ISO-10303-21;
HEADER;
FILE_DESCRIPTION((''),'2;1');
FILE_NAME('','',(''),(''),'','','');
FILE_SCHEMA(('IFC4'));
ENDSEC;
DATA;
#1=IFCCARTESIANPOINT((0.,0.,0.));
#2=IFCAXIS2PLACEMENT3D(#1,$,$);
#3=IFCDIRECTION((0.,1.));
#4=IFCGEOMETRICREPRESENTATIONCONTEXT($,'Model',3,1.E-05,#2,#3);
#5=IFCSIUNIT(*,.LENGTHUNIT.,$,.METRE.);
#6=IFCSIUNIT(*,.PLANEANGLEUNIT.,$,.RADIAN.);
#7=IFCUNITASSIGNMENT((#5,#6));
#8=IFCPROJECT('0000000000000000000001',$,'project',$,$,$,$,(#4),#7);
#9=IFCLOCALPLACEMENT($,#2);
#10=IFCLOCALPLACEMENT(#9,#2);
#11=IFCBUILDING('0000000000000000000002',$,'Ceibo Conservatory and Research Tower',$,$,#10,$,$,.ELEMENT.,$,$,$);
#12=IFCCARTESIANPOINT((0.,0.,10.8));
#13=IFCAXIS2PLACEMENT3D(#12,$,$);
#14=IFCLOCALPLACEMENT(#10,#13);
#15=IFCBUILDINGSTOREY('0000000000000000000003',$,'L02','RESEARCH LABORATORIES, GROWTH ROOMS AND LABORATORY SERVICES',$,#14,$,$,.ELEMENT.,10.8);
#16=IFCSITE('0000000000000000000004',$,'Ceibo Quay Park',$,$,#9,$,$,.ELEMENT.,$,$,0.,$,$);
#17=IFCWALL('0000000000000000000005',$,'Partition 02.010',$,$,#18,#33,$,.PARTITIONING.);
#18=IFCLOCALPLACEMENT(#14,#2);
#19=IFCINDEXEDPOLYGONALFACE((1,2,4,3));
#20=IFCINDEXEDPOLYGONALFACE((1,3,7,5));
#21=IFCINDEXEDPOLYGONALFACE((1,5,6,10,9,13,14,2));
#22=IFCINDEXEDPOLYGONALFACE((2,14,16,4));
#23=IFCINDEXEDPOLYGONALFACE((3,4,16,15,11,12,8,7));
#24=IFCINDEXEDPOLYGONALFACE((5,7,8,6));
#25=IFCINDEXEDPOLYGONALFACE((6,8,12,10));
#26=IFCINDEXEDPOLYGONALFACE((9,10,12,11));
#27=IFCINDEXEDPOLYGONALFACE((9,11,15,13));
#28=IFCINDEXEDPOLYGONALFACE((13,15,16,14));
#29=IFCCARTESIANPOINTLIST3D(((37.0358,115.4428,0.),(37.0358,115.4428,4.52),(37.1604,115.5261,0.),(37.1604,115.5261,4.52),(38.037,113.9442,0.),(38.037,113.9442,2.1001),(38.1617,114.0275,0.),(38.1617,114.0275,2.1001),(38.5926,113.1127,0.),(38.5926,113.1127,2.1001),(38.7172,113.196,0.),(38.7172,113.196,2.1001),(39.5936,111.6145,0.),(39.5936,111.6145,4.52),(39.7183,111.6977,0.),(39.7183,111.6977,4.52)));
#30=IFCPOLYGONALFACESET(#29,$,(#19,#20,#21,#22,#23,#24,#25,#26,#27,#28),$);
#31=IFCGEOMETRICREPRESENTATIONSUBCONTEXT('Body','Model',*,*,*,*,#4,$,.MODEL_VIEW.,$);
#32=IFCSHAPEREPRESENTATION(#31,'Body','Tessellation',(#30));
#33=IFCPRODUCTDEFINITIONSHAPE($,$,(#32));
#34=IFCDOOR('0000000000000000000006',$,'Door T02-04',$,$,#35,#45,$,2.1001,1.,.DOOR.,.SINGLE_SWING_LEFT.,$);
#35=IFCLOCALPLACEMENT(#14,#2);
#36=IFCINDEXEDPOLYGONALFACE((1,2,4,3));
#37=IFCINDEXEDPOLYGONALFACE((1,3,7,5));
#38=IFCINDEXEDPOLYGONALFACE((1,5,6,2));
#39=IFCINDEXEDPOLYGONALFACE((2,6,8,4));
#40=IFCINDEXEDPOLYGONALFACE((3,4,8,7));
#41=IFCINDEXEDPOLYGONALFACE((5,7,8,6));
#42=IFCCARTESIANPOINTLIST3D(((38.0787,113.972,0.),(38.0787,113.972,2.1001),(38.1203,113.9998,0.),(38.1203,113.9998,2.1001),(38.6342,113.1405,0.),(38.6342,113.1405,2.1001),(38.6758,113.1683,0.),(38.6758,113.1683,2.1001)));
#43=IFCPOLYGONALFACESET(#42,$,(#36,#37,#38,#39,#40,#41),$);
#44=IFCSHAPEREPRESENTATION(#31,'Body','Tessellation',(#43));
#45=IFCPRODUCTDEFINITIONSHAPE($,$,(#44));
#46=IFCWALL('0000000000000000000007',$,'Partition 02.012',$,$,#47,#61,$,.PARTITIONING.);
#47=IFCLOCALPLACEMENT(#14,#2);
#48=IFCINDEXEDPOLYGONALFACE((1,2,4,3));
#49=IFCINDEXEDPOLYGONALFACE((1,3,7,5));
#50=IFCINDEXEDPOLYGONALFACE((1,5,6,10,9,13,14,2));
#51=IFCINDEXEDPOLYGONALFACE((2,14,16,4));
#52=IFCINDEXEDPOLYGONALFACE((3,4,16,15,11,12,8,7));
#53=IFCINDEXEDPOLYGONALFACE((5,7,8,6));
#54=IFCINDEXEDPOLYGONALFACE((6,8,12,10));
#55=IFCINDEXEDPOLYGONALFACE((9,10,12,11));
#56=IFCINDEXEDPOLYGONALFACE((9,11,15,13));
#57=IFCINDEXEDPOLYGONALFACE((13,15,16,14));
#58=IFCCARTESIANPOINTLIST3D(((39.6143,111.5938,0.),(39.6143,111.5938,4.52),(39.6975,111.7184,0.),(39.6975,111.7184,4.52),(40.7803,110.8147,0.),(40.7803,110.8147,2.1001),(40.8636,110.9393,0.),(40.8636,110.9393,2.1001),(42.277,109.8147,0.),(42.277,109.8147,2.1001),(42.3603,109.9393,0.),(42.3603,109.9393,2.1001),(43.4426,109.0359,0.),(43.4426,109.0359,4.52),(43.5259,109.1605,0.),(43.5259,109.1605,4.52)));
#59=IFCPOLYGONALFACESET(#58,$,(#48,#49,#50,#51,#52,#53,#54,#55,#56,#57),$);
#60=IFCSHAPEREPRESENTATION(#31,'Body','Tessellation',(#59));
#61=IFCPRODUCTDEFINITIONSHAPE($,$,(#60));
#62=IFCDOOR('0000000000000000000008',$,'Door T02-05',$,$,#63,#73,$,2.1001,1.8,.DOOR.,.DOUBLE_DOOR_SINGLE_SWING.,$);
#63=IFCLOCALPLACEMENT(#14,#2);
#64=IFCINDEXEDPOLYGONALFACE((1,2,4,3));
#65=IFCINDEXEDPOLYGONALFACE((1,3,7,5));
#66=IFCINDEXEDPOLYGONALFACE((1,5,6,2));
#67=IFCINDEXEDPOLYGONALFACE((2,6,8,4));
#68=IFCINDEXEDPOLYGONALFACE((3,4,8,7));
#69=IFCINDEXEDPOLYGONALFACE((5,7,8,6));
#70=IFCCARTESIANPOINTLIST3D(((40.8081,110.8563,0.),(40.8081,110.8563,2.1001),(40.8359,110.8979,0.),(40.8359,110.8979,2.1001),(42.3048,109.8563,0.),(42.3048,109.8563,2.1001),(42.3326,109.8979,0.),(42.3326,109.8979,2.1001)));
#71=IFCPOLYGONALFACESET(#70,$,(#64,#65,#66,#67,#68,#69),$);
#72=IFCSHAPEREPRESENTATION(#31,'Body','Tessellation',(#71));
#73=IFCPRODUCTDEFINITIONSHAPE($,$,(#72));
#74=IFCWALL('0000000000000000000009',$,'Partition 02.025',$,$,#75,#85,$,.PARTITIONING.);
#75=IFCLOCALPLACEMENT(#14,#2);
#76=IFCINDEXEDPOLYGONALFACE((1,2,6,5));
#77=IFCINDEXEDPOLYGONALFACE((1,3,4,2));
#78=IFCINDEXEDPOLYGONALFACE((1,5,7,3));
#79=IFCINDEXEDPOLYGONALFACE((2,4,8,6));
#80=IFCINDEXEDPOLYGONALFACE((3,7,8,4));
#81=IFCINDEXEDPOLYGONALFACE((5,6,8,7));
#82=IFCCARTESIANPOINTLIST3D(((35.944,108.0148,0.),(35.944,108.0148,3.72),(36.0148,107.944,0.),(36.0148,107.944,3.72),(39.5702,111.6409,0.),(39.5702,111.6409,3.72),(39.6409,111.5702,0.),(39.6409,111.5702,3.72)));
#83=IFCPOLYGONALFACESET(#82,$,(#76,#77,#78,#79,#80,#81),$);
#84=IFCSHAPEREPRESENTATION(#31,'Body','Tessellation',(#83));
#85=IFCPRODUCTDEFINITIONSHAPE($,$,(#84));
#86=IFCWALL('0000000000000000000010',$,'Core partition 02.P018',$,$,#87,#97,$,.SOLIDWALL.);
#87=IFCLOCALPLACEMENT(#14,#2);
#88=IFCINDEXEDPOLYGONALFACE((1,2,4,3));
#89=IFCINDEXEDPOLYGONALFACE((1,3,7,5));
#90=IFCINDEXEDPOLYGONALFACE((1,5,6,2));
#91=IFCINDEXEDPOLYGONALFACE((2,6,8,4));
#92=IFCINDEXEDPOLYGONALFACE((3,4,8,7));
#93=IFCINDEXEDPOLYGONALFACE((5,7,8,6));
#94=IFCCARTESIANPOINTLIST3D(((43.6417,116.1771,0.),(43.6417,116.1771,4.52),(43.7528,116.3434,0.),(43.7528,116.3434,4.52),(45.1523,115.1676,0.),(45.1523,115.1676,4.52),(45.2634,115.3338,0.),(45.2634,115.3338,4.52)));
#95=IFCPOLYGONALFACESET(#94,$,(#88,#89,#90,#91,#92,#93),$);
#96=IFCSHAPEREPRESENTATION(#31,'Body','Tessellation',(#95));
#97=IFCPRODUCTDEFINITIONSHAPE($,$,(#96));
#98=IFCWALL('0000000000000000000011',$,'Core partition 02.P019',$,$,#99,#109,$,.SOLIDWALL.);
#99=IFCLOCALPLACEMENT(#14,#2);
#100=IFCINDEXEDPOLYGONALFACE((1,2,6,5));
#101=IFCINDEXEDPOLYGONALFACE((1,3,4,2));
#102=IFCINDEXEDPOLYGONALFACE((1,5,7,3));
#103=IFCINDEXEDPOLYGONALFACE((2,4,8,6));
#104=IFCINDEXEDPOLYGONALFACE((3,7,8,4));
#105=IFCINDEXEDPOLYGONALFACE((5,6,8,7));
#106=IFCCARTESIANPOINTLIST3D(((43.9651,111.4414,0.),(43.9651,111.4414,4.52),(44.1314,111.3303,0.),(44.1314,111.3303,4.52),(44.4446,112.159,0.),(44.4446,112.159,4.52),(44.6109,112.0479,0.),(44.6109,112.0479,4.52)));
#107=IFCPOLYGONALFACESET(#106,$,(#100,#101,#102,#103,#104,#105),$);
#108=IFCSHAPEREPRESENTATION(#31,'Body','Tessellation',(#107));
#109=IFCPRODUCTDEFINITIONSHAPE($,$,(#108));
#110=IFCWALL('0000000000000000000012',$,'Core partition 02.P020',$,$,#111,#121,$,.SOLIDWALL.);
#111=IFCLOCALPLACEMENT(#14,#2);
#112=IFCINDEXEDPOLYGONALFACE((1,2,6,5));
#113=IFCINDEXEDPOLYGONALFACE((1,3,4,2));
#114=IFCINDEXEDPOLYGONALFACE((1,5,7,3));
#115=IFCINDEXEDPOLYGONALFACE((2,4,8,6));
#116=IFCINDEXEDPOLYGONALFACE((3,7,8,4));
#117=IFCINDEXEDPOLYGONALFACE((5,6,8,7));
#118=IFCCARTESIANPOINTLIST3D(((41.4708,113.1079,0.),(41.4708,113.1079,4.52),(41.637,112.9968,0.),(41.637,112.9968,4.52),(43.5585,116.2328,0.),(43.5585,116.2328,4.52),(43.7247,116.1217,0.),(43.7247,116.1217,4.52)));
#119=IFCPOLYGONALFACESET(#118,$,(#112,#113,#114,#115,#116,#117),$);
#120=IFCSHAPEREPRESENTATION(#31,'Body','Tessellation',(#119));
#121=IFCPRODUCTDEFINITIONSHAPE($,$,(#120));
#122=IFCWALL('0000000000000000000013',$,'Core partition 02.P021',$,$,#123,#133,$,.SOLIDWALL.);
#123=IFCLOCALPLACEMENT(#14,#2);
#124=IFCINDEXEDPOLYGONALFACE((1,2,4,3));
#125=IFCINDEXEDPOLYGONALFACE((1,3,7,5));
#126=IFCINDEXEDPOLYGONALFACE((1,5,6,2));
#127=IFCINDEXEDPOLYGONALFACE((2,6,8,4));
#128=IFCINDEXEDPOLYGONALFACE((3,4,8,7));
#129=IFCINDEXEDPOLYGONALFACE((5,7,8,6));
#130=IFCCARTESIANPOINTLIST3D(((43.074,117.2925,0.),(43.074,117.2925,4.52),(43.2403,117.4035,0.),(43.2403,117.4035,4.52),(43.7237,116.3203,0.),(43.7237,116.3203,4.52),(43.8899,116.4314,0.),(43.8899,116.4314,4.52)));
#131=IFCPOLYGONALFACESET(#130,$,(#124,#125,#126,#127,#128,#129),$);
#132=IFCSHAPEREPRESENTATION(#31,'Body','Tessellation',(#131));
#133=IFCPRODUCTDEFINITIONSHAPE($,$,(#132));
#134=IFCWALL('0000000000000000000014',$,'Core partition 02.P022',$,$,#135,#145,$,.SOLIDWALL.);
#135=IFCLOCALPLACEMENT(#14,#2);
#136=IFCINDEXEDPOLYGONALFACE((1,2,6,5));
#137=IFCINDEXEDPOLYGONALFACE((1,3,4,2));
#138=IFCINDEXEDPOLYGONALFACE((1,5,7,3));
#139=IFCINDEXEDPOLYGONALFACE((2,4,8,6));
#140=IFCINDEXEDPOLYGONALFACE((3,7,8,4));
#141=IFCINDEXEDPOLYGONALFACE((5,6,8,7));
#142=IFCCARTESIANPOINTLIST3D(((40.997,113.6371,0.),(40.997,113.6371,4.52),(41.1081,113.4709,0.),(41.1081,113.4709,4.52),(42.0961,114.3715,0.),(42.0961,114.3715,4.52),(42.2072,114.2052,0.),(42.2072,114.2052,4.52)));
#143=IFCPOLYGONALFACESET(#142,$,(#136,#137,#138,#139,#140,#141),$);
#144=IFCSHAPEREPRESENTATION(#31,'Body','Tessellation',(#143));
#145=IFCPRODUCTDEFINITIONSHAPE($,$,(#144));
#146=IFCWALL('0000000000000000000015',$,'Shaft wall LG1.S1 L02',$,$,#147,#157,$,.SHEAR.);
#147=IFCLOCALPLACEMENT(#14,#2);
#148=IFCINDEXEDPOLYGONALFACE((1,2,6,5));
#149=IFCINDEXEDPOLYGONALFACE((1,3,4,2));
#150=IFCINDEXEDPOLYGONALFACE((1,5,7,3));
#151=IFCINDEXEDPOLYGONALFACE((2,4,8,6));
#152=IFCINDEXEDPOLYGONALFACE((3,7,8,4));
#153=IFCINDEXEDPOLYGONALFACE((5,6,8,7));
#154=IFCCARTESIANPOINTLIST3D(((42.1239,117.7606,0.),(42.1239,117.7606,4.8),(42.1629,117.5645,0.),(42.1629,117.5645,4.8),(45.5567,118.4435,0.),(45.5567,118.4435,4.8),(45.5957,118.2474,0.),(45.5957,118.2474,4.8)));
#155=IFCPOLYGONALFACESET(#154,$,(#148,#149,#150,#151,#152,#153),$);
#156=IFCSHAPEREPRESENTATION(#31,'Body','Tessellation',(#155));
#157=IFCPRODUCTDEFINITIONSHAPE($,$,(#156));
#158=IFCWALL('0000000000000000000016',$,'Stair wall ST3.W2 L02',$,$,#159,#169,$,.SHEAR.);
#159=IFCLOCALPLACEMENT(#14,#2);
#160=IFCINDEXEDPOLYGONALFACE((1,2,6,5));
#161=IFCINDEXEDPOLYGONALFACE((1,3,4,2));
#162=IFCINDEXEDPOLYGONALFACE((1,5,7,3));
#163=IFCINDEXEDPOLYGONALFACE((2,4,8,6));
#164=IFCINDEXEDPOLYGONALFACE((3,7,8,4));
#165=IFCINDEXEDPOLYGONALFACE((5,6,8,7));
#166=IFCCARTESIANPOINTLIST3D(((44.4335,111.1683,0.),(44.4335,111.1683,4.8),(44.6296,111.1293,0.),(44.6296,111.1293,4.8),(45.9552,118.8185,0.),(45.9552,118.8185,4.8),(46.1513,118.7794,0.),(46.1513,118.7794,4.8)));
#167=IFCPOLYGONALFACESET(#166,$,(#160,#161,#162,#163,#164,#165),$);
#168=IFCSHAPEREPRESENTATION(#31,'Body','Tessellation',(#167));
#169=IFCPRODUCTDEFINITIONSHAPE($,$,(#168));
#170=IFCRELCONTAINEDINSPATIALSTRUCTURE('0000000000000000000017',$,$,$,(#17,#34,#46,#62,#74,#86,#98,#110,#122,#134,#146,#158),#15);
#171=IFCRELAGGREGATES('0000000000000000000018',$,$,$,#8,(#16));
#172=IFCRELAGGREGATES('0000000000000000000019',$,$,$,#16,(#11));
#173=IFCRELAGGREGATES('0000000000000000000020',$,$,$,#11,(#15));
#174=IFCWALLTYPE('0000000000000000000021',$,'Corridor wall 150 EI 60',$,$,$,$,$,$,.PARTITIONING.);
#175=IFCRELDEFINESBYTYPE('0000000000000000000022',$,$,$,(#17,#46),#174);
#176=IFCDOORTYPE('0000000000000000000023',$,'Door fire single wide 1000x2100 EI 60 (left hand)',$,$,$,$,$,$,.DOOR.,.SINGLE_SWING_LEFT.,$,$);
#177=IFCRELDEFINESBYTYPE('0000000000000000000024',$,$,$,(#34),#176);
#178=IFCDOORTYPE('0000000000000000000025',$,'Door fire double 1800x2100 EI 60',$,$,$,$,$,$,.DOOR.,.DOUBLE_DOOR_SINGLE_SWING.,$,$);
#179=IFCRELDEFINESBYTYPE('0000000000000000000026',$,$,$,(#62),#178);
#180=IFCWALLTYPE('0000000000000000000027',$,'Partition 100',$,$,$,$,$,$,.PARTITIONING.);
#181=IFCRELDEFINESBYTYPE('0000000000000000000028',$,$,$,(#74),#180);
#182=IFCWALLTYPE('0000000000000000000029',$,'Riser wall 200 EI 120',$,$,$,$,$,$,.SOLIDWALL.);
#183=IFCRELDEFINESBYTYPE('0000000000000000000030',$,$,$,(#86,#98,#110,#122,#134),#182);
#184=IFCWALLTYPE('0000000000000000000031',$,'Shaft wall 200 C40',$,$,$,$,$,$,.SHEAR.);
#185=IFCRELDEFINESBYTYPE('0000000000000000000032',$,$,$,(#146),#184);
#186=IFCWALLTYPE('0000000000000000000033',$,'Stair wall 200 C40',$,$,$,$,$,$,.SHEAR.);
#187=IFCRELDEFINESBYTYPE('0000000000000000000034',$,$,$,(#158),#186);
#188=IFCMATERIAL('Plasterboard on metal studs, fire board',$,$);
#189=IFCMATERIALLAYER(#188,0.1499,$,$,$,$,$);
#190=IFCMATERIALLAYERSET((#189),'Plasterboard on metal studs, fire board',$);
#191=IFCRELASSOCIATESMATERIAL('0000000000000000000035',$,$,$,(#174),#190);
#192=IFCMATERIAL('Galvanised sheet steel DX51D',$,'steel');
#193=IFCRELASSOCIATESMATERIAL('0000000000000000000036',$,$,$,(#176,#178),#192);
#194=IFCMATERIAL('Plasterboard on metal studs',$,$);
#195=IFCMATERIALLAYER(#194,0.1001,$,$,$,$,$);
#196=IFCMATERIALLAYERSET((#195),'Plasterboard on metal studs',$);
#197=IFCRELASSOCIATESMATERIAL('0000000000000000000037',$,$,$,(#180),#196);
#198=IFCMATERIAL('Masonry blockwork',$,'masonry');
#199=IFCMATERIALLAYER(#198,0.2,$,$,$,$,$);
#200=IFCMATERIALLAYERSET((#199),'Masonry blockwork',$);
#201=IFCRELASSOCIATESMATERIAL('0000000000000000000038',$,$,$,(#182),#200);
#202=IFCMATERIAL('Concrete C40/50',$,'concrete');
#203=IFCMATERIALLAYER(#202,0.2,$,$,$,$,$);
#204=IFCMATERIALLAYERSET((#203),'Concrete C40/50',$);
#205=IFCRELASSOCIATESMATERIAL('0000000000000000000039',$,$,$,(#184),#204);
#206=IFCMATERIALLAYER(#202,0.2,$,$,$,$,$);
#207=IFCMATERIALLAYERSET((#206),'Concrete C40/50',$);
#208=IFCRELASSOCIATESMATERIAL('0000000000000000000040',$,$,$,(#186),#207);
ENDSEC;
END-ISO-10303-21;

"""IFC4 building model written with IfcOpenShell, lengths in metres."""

from ifc_helpers import new_model, si_unit, direction, frame, frame_2d, origin, place, context, subcontext, project, spatial, rectangle, extrude, material, layer, layer_set, type_object, element, fill, save


model = new_model("IFC4")

# Units and contexts
model_context = context("Model", 3, precision=1e-05, world=origin(), true_north=direction((0.0, 1.0)))
body_context = subcontext(model_context, "Body", "Model", "MODEL_VIEW")
ifc_project = project(units=[si_unit("LENGTHUNIT", "METRE"), si_unit("PLANEANGLEUNIT", "RADIAN")], contexts=[model_context])

# Site, building, storey
site_placement = place(None, origin())
site = spatial("IfcSite", under=ifc_project, at=site_placement, Name="Ceibo Quay Park", CompositionType="ELEMENT", RefElevation=0.0)
building_placement = place(site_placement, origin())
building = spatial("IfcBuilding", under=site, at=building_placement, Name="Ceibo Conservatory and Research Tower", CompositionType="ELEMENT")
storey_placement = place(building_placement, frame((0.0, 0.0, 10.8)))
storey = spatial("IfcBuildingStorey", under=building, at=storey_placement, Name="L02", Description="RESEARCH LABORATORIES, GROWTH ROOMS AND LABORATORY SERVICES", CompositionType="ELEMENT", Elevation=10.8)

# Shared definitions
ifc_material_1 = material(Name="Concrete C40/50", Category="concrete")
ifc_material_2 = material(Name="Galvanised sheet steel DX51D", Category="steel")

# Shared definitions
ifc_material_3 = material(Name="Plasterboard on metal studs, fire board")
ifc_layer_1 = layer(ifc_material_3, 0.1499)
ifc_layer_set_1 = layer_set([ifc_layer_1], Name="Plasterboard on metal studs, fire board")
wall_type_1 = type_object("IfcWallType", Name="Corridor wall 150 EI 60", PredefinedType="PARTITIONING", material=ifc_layer_set_1)

# Walls, openings, doors
wall_1_placement = place(storey_placement, frame((39.656, 111.656, 0.0), z_axis=(0.0, 0.0, 1.0), x_axis=(-0.555544, 0.831487, 0.0)))
wall_1 = element("IfcWall", 1, at=wall_1_placement, inside=storey, type_object=wall_type_1, Name="Partition 02.010", PredefinedType="PARTITIONING", context=body_context, shape_type="SweptSolid", body=[
    extrude(rectangle(XDim=4.6042, YDim=0.1499, at=frame_2d((2.3022, 0.0))), origin(), (0.0, 0.0, 1.0), 4.52),
])
opening_1_placement = place(wall_1_placement, frame((1.802, 0.0, 0.0)))
opening_1 = element("IfcOpeningElement", 2, at=opening_1_placement, cuts=wall_1, PredefinedType="OPENING", context=body_context, shape_type="SweptSolid", body=[
    extrude(rectangle(XDim=1.0, YDim=2.1001, at=frame_2d((0.5, 1.05))), frame((0.0, 0.085, 0.0), z_axis=(0.0, -1.0, 0.0), x_axis=(1.0, 0.0, 0.0)), (0.0, 0.0, 1.0), 0.1699),
])
door_type_1 = type_object("IfcDoorType", Name="Door fire single wide 1000x2100 EI 60 (left hand)", OperationType="SINGLE_SWING_LEFT", PredefinedType="DOOR", material=ifc_material_2)
door_1_placement = place(opening_1_placement, origin())
door_1 = element("IfcDoor", 3, at=door_1_placement, inside=storey, type_object=door_type_1, Name="Door T02-04", OperationType="SINGLE_SWING_LEFT", OverallHeight=2.1001, OverallWidth=1.0, PredefinedType="DOOR", context=body_context, shape_type="SweptSolid", body=[
    extrude(rectangle(XDim=1.0, YDim=2.1001, at=frame_2d((0.5, 1.05))), frame((0.0, 0.0249, 0.0), z_axis=(0.0, -1.0, 0.0), x_axis=(1.0, 0.0, 0.0)), (0.0, 0.0, 1.0), 0.05),
])
fill(opening_1, door_1)
wall_2_placement = place(storey_placement, frame((43.4844, 109.0981, 0.0), z_axis=(0.0, 0.0, 1.0), x_axis=(-0.831487, 0.555544, 0.0)))
wall_2 = element("IfcWall", 4, at=wall_2_placement, inside=storey, type_object=wall_type_1, Name="Partition 02.012", PredefinedType="PARTITIONING", context=body_context, shape_type="SweptSolid", body=[
    extrude(rectangle(XDim=4.6042, YDim=0.1499, at=frame_2d((2.3022, 0.0))), origin(), (0.0, 0.0, 1.0), 4.52),
])
opening_2_placement = place(wall_2_placement, frame((1.4021, 0.0, 0.0)))
opening_2 = element("IfcOpeningElement", 5, at=opening_2_placement, cuts=wall_2, PredefinedType="OPENING", context=body_context, shape_type="SweptSolid", body=[
    extrude(rectangle(XDim=1.8, YDim=2.1001, at=frame_2d((0.8999, 1.05))), frame((0.0, 0.085, 0.0), z_axis=(0.0, -1.0, 0.0), x_axis=(1.0, 0.0, 0.0)), (0.0, 0.0, 1.0), 0.1699),
])
door_type_2 = type_object("IfcDoorType", Name="Door fire double 1800x2100 EI 60", OperationType="DOUBLE_DOOR_SINGLE_SWING", PredefinedType="DOOR", material=ifc_material_2)
door_2_placement = place(opening_2_placement, origin())
door_2 = element("IfcDoor", 6, at=door_2_placement, inside=storey, type_object=door_type_2, Name="Door T02-05", OperationType="DOUBLE_DOOR_SINGLE_SWING", OverallHeight=2.1001, OverallWidth=1.8, PredefinedType="DOOR", context=body_context, shape_type="SweptSolid", body=[
    extrude(rectangle(XDim=1.8, YDim=2.1001, at=frame_2d((0.8999, 1.05))), frame((0.0, 0.0249, 0.0), z_axis=(0.0, -1.0, 0.0), x_axis=(1.0, 0.0, 0.0)), (0.0, 0.0, 1.0), 0.05),
])
fill(opening_2, door_2)

# Walls
ifc_material_4 = material(Name="Plasterboard on metal studs")
ifc_layer_2 = layer(ifc_material_4, 0.1001)
ifc_layer_set_2 = layer_set([ifc_layer_2], Name="Plasterboard on metal studs")
wall_type_2 = type_object("IfcWallType", Name="Partition 100", PredefinedType="PARTITIONING", material=ifc_layer_set_2)
wall_3_placement = place(storey_placement, frame((39.6055, 111.6055, 0.0), z_axis=(0.0, 0.0, 1.0), x_axis=(-0.707107, -0.707107, 0.0)))
element("IfcWall", 7, at=wall_3_placement, inside=storey, type_object=wall_type_2, Name="Partition 02.025", PredefinedType="PARTITIONING", context=body_context, shape_type="SweptSolid", body=[
    extrude(rectangle(XDim=5.1282, YDim=0.1001, at=frame_2d((2.564, 0.0))), origin(), (0.0, 0.0, 1.0), 3.72),
])
ifc_material_5 = material(Name="Masonry blockwork", Category="masonry")
ifc_layer_3 = layer(ifc_material_5, 0.2)
ifc_layer_set_3 = layer_set([ifc_layer_3], Name="Masonry blockwork")
wall_type_3 = type_object("IfcWallType", Name="Riser wall 200 EI 120", PredefinedType="SOLIDWALL", material=ifc_layer_set_3)
wall_4_placement = place(storey_placement, frame((43.6973, 116.2603, 0.0), z_axis=(0.0, 0.0, 1.0), x_axis=(0.831409, -0.555661, 0.0)))
element("IfcWall", 8, at=wall_4_placement, inside=storey, type_object=wall_type_3, Name="Core partition 02.P018", PredefinedType="SOLIDWALL", context=body_context, shape_type="SweptSolid", body=[
    extrude(rectangle(XDim=1.8169, YDim=0.2, at=frame_2d((0.9084, 0.0))), origin(), (0.0, 0.0, 1.0), 4.52),
])
wall_5_placement = place(storey_placement, frame((44.5278, 112.1035, 0.0), z_axis=(0.0, 0.0, 1.0), x_axis=(-0.555614, -0.83144, 0.0)))
element("IfcWall", 9, at=wall_5_placement, inside=storey, type_object=wall_type_3, Name="Core partition 02.P019", PredefinedType="SOLIDWALL", context=body_context, shape_type="SweptSolid", body=[
    extrude(rectangle(XDim=0.863, YDim=0.2, at=frame_2d((0.4316, 0.0))), origin(), (0.0, 0.0, 1.0), 4.52),
])
wall_6_placement = place(storey_placement, frame((41.554, 113.0525, 0.0), z_axis=(0.0, 0.0, 1.0), x_axis=(0.555524, 0.8315, 0.0)))
element("IfcWall", 10, at=wall_6_placement, inside=storey, type_object=wall_type_3, Name="Core partition 02.P020", PredefinedType="SOLIDWALL", context=body_context, shape_type="SweptSolid", body=[
    extrude(rectangle(XDim=3.7581, YDim=0.2, at=frame_2d((1.8789, 0.0))), origin(), (0.0, 0.0, 1.0), 4.52),
])
wall_7_placement = place(storey_placement, frame((43.1572, 117.3479, 0.0), z_axis=(0.0, 0.0, 1.0), x_axis=(0.555615, -0.831439, 0.0)))
element("IfcWall", 11, at=wall_7_placement, inside=storey, type_object=wall_type_3, Name="Core partition 02.P021", PredefinedType="SOLIDWALL", context=body_context, shape_type="SweptSolid", body=[
    extrude(rectangle(XDim=1.1692, YDim=0.2, at=frame_2d((0.5845, 0.0))), origin(), (0.0, 0.0, 1.0), 4.52),
])
wall_8_placement = place(storey_placement, frame((42.1516, 114.2883, 0.0), z_axis=(0.0, 0.0, 1.0), x_axis=(-0.831482, -0.555552, 0.0)))
element("IfcWall", 12, at=wall_8_placement, inside=storey, type_object=wall_type_3, Name="Core partition 02.P022", PredefinedType="SOLIDWALL", context=body_context, shape_type="SweptSolid", body=[
    extrude(rectangle(XDim=1.3218, YDim=0.2, at=frame_2d((0.6609, 0.0))), origin(), (0.0, 0.0, 1.0), 4.52),
])
ifc_layer_4 = layer(ifc_material_1, 0.2)
ifc_layer_set_4 = layer_set([ifc_layer_4], Name="Concrete C40/50")
wall_type_4 = type_object("IfcWallType", Name="Shaft wall 200 C40", PredefinedType="SHEAR", material=ifc_layer_set_4)
wall_9_placement = place(storey_placement, frame((45.5762, 118.3455, 0.0), z_axis=(0.0, 0.0, 1.0), x_axis=(-0.980781, -0.19511, 0.0)))
element("IfcWall", 13, at=wall_9_placement, inside=storey, type_object=wall_type_4, Name="Shaft wall LG1.S1 L02", PredefinedType="SHEAR", context=body_context, shape_type="SweptSolid", body=[
    extrude(rectangle(XDim=3.5, YDim=0.2, at=frame_2d((1.75, 0.0))), origin(), (0.0, 0.0, 1.0), 4.8),
])
ifc_layer_5 = layer(ifc_material_1, 0.2)
ifc_layer_set_5 = layer_set([ifc_layer_5], Name="Concrete C40/50")
wall_type_5 = type_object("IfcWallType", Name="Stair wall 200 C40", PredefinedType="SHEAR", material=ifc_layer_set_5)
wall_10_placement = place(storey_placement, frame((46.0532, 118.7988, 0.0), z_axis=(0.0, 0.0, 1.0), x_axis=(-0.195093, -0.980785, 0.0)))
element("IfcWall", 14, at=wall_10_placement, inside=storey, type_object=wall_type_5, Name="Stair wall ST3.W2 L02", PredefinedType="SHEAR", context=body_context, shape_type="SweptSolid", body=[
    extrude(rectangle(XDim=7.8, YDim=0.2, at=frame_2d((3.8999, 0.0))), origin(), (0.0, 0.0, 1.0), 4.8),
])

save(model, "model.ifc")
